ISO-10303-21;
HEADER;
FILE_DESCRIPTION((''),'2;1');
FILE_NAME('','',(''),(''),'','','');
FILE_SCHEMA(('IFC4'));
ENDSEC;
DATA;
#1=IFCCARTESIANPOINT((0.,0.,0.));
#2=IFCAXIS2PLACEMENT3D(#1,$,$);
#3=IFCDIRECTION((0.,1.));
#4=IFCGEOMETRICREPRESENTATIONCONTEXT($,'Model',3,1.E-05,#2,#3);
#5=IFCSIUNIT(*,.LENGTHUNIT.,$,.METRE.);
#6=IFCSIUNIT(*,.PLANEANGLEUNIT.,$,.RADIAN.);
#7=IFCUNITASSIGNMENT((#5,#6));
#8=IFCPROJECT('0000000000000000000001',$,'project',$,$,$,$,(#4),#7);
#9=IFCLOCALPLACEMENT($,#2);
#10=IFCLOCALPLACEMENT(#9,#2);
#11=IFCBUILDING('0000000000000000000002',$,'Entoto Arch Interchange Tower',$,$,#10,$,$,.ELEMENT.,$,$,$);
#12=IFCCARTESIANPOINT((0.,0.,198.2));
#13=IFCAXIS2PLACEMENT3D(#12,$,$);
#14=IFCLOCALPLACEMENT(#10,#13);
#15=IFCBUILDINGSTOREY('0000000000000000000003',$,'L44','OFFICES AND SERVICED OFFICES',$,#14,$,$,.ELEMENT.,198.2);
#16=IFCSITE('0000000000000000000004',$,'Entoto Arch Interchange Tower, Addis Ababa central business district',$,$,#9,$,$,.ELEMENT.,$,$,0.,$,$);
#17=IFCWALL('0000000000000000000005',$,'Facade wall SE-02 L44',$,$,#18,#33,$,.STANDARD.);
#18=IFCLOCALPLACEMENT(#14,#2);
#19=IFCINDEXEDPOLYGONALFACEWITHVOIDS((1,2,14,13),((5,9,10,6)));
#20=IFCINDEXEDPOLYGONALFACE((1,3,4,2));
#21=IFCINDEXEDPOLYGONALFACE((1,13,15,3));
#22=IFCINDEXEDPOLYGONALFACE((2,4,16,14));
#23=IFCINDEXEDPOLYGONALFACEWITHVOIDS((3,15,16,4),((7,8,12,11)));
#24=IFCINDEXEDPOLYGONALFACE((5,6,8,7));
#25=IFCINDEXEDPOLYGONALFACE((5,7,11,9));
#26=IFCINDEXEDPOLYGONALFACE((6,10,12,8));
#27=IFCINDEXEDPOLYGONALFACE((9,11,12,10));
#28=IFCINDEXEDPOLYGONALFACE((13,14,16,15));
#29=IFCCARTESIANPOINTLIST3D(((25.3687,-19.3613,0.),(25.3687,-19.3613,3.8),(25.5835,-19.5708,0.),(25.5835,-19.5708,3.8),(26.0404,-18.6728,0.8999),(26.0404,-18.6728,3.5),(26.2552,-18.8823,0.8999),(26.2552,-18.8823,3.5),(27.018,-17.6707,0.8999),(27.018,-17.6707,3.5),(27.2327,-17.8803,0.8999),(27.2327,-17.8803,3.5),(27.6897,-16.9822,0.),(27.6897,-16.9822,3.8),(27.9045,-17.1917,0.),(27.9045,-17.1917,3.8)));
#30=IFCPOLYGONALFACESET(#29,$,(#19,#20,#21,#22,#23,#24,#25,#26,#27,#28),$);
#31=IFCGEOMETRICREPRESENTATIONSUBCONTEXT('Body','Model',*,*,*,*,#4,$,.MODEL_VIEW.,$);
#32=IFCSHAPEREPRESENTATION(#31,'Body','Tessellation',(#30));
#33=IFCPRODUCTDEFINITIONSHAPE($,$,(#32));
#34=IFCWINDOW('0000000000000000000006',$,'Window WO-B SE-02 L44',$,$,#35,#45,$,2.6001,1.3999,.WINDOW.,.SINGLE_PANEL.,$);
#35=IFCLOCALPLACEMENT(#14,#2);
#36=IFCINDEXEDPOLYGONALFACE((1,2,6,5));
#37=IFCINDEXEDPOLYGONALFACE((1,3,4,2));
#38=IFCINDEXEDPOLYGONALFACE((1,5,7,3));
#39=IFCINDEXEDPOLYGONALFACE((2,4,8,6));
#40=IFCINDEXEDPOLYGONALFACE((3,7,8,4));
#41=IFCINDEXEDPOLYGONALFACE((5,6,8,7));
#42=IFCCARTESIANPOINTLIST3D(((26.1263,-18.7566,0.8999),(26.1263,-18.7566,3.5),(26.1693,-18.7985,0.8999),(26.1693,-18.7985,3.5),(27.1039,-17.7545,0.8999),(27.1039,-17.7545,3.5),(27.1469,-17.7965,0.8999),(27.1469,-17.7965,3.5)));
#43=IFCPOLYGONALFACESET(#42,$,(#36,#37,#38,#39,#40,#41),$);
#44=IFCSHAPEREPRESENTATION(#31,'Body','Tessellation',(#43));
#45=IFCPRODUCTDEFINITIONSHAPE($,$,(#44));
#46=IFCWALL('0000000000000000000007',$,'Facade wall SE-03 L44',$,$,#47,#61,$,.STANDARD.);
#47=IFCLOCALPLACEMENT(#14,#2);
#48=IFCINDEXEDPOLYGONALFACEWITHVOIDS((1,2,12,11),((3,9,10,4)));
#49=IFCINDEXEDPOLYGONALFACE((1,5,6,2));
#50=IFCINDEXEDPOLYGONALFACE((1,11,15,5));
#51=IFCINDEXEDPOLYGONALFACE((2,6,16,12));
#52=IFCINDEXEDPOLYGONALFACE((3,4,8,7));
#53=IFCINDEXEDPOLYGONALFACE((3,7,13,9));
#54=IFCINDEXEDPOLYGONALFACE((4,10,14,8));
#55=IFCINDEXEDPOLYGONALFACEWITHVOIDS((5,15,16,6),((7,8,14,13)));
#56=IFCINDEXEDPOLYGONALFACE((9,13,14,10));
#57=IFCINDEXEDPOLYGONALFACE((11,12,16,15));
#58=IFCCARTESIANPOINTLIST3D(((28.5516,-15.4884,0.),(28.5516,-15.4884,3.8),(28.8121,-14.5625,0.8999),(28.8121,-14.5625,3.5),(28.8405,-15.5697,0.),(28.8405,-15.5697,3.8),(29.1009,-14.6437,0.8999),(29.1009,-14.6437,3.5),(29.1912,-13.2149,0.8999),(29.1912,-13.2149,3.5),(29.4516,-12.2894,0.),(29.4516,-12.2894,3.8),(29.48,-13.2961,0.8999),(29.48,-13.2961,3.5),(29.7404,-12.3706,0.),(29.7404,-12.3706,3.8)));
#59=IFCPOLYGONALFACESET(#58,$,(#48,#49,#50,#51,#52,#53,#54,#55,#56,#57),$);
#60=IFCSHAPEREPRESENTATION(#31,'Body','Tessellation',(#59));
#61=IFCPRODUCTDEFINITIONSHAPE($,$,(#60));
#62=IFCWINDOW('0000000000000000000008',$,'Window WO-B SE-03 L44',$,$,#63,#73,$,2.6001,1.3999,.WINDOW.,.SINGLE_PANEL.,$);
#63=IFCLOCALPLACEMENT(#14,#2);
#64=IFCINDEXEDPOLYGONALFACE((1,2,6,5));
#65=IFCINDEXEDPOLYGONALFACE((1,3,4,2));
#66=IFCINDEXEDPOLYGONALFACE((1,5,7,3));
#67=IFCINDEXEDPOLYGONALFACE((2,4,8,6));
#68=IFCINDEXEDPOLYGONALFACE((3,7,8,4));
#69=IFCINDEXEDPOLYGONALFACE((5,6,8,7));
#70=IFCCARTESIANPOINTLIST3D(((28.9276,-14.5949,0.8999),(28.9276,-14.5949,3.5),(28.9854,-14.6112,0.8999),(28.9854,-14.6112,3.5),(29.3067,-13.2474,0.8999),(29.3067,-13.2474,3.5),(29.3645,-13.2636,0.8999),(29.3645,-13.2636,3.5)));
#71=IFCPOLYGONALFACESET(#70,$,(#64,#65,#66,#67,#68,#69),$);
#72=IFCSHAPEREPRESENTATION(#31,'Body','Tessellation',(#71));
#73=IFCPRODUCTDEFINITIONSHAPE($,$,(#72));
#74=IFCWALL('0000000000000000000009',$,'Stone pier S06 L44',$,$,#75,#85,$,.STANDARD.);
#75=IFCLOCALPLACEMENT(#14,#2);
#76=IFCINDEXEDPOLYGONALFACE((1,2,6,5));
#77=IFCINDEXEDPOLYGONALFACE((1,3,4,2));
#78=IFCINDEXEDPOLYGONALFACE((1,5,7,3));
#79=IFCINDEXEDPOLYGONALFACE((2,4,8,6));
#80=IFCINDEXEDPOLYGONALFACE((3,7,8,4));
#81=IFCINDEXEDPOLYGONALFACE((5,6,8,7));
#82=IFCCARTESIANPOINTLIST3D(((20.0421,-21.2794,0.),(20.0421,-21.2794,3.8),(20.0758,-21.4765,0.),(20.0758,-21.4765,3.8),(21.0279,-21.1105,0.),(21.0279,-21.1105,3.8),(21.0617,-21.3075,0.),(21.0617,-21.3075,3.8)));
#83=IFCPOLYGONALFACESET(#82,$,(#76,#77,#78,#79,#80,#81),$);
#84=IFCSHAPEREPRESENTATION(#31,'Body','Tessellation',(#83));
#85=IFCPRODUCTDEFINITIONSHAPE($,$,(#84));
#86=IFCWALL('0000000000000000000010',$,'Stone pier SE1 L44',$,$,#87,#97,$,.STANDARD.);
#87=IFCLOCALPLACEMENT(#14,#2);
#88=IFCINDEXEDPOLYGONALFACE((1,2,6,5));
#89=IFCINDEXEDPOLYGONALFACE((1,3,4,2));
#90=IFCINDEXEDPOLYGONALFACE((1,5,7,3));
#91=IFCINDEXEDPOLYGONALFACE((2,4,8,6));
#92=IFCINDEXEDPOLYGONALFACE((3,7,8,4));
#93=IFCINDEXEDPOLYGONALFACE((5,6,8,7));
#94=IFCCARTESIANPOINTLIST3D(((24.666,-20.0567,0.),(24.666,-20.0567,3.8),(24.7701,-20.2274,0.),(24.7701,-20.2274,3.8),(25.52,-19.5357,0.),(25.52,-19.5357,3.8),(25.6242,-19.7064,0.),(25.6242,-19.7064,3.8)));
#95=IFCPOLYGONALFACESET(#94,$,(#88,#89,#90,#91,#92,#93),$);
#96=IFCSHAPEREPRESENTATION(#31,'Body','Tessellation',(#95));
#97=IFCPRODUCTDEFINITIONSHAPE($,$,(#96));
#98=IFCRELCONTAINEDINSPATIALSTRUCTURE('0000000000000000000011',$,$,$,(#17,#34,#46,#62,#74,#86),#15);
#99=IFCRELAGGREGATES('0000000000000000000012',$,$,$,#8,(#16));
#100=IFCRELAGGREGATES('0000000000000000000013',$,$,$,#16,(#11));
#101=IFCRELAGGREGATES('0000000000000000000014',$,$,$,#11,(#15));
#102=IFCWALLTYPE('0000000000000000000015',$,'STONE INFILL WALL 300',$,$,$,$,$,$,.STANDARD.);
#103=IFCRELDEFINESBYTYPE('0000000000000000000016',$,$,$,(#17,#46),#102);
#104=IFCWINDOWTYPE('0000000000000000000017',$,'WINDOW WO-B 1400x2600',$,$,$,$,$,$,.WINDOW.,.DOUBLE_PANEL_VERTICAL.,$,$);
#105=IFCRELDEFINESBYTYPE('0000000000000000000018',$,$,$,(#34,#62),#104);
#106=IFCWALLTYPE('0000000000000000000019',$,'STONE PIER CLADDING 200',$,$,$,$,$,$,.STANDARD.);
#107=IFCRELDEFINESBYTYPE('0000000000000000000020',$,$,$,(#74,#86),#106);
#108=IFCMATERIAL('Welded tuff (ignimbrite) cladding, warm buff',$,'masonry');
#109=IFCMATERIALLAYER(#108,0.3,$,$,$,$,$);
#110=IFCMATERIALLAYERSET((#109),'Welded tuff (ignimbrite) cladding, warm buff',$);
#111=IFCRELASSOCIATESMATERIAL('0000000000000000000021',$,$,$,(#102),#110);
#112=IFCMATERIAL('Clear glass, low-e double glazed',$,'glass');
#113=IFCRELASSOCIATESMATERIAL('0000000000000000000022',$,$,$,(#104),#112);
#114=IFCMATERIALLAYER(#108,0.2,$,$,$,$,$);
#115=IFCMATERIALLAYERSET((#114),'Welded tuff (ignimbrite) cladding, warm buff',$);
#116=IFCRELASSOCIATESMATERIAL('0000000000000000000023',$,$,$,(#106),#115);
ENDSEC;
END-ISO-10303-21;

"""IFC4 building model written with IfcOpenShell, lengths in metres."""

from ifc_helpers import new_model, si_unit, direction, frame, frame_2d, origin, place, context, subcontext, project, spatial, rectangle, extrude, material, layer, layer_set, type_object, element, fill, save


model = new_model("IFC4")

# Units and contexts
model_context = context("Model", 3, precision=1e-05, world=origin(), true_north=direction((0.0, 1.0)))
body_context = subcontext(model_context, "Body", "Model", "MODEL_VIEW")
ifc_project = project(units=[si_unit("LENGTHUNIT", "METRE"), si_unit("PLANEANGLEUNIT", "RADIAN")], contexts=[model_context])

# Site, building, storey
site_placement = place(None, origin())
site = spatial("IfcSite", under=ifc_project, at=site_placement, Name="Entoto Arch Interchange Tower, Addis Ababa central business district", CompositionType="ELEMENT", RefElevation=0.0)
building_placement = place(site_placement, origin())
building = spatial("IfcBuilding", under=site, at=building_placement, Name="Entoto Arch Interchange Tower", CompositionType="ELEMENT")
storey_placement = place(building_placement, frame((0.0, 0.0, 198.2)))
storey = spatial("IfcBuildingStorey", under=building, at=storey_placement, Name="L44", Description="OFFICES AND SERVICED OFFICES", CompositionType="ELEMENT", Elevation=198.2)

# Shared definitions
ifc_material_1 = material(Name="Welded tuff (ignimbrite) cladding, warm buff", Category="masonry")
ifc_layer_1 = layer(ifc_material_1, 0.3)
ifc_layer_set_1 = layer_set([ifc_layer_1], Name="Welded tuff (ignimbrite) cladding, warm buff")
wall_type_1 = type_object("IfcWallType", Name="STONE INFILL WALL 300", PredefinedType="STANDARD", material=ifc_layer_set_1)
ifc_material_2 = material(Name="Clear glass, low-e double glazed", Category="glass")
window_type = type_object("IfcWindowType", Name="WINDOW WO-B 1400x2600", PartitioningType="DOUBLE_PANEL_VERTICAL", PredefinedType="WINDOW", material=ifc_material_2)

# Walls, openings, windows
wall_1_placement = place(storey_placement, frame((25.4761, -19.4661, 0.0), z_axis=(0.0, 0.0, 1.0), x_axis=(0.698312, 0.715794, 0.0)))
wall_1 = element("IfcWall", 1, at=wall_1_placement, inside=storey, type_object=wall_type_1, Name="Facade wall SE-02 L44", PredefinedType="STANDARD", context=body_context, shape_type="SweptSolid", body=[
    extrude(rectangle(XDim=3.3237, YDim=0.3, at=frame_2d((1.6619, 0.0))), origin(), (0.0, 0.0, 1.0), 3.8),
])
opening_1_placement = place(wall_1_placement, frame((0.9619, 0.0, 0.8999)))
opening_1 = element("IfcOpeningElement", 2, at=opening_1_placement, cuts=wall_1, PredefinedType="OPENING", context=body_context, shape_type="SweptSolid", body=[
    extrude(rectangle(XDim=1.3999, YDim=2.6001, at=frame_2d((0.7, 1.3))), frame((0.0, 0.1602, 0.0), z_axis=(0.0, -1.0, 0.0), x_axis=(1.0, 0.0, 0.0)), (0.0, 0.0, 1.0), 0.3201),
])
window_1_placement = place(opening_1_placement, origin())
window_1 = element("IfcWindow", 3, at=window_1_placement, inside=storey, type_object=window_type, Name="Window WO-B SE-02 L44", OverallHeight=2.6001, OverallWidth=1.3999, PartitioningType="SINGLE_PANEL", PredefinedType="WINDOW", context=body_context, shape_type="SweptSolid", body=[
    extrude(rectangle(XDim=1.3999, YDim=2.6001, at=frame_2d((0.7, 1.3))), frame((0.0, 0.03, 0.0), z_axis=(0.0, -1.0, 0.0), x_axis=(1.0, 0.0, 0.0)), (0.0, 0.0, 1.0), 0.0601),
])
fill(opening_1, window_1)
wall_2_placement = place(storey_placement, frame((28.696, -15.5291, 0.0), z_axis=(0.0, 0.0, 1.0), x_axis=(0.270799, 0.962636, 0.0)))
wall_2 = element("IfcWall", 4, at=wall_2_placement, inside=storey, type_object=wall_type_1, Name="Facade wall SE-03 L44", PredefinedType="STANDARD", context=body_context, shape_type="SweptSolid", body=[
    extrude(rectangle(XDim=3.3232, YDim=0.3, at=frame_2d((1.6616, 0.0))), origin(), (0.0, 0.0, 1.0), 3.8),
])
opening_2_placement = place(wall_2_placement, frame((0.9619, 0.0, 0.8999)))
opening_2 = element("IfcOpeningElement", 5, at=opening_2_placement, cuts=wall_2, PredefinedType="OPENING", context=body_context, shape_type="SweptSolid", body=[
    extrude(rectangle(XDim=1.3999, YDim=2.6001, at=frame_2d((0.7, 1.3))), frame((0.0, 0.1602, 0.0), z_axis=(0.0, -1.0, 0.0), x_axis=(1.0, 0.0, 0.0)), (0.0, 0.0, 1.0), 0.3201),
])
window_2_placement = place(opening_2_placement, origin())
window_2 = element("IfcWindow", 6, at=window_2_placement, inside=storey, type_object=window_type, Name="Window WO-B SE-03 L44", OverallHeight=2.6001, OverallWidth=1.3999, PartitioningType="SINGLE_PANEL", PredefinedType="WINDOW", context=body_context, shape_type="SweptSolid", body=[
    extrude(rectangle(XDim=1.3999, YDim=2.6001, at=frame_2d((0.7, 1.3))), frame((0.0, 0.03, 0.0), z_axis=(0.0, -1.0, 0.0), x_axis=(1.0, 0.0, 0.0)), (0.0, 0.0, 1.0), 0.0601),
])
fill(opening_2, window_2)

# Walls
ifc_layer_2 = layer(ifc_material_1, 0.2)
ifc_layer_set_2 = layer_set([ifc_layer_2], Name="Welded tuff (ignimbrite) cladding, warm buff")
wall_type_2 = type_object("IfcWallType", Name="STONE PIER CLADDING 200", PredefinedType="STANDARD", material=ifc_layer_set_2)
wall_3_placement = place(storey_placement, frame((20.0591, -21.3779, 0.0), z_axis=(0.0, 0.0, 1.0), x_axis=(0.985632, 0.16891, 0.0)))
element("IfcWall", 7, at=wall_3_placement, inside=storey, type_object=wall_type_2, Name="Stone pier S06 L44", PredefinedType="STANDARD", context=body_context, shape_type="SweptSolid", body=[
    extrude(rectangle(XDim=1.0002, YDim=0.2, at=frame_2d((0.5, 0.0))), origin(), (0.0, 0.0, 1.0), 3.8),
])
wall_4_placement = place(storey_placement, frame((24.718, -20.1421, 0.0), z_axis=(0.0, 0.0, 1.0), x_axis=(0.85368, 0.520798, 0.0)))
element("IfcWall", 8, at=wall_4_placement, inside=storey, type_object=wall_type_2, Name="Stone pier SE1 L44", PredefinedType="STANDARD", context=body_context, shape_type="SweptSolid", body=[
    extrude(rectangle(XDim=1.0005, YDim=0.2, at=frame_2d((0.5002, 0.0))), origin(), (0.0, 0.0, 1.0), 3.8),
])

save(model, "model.ifc")
